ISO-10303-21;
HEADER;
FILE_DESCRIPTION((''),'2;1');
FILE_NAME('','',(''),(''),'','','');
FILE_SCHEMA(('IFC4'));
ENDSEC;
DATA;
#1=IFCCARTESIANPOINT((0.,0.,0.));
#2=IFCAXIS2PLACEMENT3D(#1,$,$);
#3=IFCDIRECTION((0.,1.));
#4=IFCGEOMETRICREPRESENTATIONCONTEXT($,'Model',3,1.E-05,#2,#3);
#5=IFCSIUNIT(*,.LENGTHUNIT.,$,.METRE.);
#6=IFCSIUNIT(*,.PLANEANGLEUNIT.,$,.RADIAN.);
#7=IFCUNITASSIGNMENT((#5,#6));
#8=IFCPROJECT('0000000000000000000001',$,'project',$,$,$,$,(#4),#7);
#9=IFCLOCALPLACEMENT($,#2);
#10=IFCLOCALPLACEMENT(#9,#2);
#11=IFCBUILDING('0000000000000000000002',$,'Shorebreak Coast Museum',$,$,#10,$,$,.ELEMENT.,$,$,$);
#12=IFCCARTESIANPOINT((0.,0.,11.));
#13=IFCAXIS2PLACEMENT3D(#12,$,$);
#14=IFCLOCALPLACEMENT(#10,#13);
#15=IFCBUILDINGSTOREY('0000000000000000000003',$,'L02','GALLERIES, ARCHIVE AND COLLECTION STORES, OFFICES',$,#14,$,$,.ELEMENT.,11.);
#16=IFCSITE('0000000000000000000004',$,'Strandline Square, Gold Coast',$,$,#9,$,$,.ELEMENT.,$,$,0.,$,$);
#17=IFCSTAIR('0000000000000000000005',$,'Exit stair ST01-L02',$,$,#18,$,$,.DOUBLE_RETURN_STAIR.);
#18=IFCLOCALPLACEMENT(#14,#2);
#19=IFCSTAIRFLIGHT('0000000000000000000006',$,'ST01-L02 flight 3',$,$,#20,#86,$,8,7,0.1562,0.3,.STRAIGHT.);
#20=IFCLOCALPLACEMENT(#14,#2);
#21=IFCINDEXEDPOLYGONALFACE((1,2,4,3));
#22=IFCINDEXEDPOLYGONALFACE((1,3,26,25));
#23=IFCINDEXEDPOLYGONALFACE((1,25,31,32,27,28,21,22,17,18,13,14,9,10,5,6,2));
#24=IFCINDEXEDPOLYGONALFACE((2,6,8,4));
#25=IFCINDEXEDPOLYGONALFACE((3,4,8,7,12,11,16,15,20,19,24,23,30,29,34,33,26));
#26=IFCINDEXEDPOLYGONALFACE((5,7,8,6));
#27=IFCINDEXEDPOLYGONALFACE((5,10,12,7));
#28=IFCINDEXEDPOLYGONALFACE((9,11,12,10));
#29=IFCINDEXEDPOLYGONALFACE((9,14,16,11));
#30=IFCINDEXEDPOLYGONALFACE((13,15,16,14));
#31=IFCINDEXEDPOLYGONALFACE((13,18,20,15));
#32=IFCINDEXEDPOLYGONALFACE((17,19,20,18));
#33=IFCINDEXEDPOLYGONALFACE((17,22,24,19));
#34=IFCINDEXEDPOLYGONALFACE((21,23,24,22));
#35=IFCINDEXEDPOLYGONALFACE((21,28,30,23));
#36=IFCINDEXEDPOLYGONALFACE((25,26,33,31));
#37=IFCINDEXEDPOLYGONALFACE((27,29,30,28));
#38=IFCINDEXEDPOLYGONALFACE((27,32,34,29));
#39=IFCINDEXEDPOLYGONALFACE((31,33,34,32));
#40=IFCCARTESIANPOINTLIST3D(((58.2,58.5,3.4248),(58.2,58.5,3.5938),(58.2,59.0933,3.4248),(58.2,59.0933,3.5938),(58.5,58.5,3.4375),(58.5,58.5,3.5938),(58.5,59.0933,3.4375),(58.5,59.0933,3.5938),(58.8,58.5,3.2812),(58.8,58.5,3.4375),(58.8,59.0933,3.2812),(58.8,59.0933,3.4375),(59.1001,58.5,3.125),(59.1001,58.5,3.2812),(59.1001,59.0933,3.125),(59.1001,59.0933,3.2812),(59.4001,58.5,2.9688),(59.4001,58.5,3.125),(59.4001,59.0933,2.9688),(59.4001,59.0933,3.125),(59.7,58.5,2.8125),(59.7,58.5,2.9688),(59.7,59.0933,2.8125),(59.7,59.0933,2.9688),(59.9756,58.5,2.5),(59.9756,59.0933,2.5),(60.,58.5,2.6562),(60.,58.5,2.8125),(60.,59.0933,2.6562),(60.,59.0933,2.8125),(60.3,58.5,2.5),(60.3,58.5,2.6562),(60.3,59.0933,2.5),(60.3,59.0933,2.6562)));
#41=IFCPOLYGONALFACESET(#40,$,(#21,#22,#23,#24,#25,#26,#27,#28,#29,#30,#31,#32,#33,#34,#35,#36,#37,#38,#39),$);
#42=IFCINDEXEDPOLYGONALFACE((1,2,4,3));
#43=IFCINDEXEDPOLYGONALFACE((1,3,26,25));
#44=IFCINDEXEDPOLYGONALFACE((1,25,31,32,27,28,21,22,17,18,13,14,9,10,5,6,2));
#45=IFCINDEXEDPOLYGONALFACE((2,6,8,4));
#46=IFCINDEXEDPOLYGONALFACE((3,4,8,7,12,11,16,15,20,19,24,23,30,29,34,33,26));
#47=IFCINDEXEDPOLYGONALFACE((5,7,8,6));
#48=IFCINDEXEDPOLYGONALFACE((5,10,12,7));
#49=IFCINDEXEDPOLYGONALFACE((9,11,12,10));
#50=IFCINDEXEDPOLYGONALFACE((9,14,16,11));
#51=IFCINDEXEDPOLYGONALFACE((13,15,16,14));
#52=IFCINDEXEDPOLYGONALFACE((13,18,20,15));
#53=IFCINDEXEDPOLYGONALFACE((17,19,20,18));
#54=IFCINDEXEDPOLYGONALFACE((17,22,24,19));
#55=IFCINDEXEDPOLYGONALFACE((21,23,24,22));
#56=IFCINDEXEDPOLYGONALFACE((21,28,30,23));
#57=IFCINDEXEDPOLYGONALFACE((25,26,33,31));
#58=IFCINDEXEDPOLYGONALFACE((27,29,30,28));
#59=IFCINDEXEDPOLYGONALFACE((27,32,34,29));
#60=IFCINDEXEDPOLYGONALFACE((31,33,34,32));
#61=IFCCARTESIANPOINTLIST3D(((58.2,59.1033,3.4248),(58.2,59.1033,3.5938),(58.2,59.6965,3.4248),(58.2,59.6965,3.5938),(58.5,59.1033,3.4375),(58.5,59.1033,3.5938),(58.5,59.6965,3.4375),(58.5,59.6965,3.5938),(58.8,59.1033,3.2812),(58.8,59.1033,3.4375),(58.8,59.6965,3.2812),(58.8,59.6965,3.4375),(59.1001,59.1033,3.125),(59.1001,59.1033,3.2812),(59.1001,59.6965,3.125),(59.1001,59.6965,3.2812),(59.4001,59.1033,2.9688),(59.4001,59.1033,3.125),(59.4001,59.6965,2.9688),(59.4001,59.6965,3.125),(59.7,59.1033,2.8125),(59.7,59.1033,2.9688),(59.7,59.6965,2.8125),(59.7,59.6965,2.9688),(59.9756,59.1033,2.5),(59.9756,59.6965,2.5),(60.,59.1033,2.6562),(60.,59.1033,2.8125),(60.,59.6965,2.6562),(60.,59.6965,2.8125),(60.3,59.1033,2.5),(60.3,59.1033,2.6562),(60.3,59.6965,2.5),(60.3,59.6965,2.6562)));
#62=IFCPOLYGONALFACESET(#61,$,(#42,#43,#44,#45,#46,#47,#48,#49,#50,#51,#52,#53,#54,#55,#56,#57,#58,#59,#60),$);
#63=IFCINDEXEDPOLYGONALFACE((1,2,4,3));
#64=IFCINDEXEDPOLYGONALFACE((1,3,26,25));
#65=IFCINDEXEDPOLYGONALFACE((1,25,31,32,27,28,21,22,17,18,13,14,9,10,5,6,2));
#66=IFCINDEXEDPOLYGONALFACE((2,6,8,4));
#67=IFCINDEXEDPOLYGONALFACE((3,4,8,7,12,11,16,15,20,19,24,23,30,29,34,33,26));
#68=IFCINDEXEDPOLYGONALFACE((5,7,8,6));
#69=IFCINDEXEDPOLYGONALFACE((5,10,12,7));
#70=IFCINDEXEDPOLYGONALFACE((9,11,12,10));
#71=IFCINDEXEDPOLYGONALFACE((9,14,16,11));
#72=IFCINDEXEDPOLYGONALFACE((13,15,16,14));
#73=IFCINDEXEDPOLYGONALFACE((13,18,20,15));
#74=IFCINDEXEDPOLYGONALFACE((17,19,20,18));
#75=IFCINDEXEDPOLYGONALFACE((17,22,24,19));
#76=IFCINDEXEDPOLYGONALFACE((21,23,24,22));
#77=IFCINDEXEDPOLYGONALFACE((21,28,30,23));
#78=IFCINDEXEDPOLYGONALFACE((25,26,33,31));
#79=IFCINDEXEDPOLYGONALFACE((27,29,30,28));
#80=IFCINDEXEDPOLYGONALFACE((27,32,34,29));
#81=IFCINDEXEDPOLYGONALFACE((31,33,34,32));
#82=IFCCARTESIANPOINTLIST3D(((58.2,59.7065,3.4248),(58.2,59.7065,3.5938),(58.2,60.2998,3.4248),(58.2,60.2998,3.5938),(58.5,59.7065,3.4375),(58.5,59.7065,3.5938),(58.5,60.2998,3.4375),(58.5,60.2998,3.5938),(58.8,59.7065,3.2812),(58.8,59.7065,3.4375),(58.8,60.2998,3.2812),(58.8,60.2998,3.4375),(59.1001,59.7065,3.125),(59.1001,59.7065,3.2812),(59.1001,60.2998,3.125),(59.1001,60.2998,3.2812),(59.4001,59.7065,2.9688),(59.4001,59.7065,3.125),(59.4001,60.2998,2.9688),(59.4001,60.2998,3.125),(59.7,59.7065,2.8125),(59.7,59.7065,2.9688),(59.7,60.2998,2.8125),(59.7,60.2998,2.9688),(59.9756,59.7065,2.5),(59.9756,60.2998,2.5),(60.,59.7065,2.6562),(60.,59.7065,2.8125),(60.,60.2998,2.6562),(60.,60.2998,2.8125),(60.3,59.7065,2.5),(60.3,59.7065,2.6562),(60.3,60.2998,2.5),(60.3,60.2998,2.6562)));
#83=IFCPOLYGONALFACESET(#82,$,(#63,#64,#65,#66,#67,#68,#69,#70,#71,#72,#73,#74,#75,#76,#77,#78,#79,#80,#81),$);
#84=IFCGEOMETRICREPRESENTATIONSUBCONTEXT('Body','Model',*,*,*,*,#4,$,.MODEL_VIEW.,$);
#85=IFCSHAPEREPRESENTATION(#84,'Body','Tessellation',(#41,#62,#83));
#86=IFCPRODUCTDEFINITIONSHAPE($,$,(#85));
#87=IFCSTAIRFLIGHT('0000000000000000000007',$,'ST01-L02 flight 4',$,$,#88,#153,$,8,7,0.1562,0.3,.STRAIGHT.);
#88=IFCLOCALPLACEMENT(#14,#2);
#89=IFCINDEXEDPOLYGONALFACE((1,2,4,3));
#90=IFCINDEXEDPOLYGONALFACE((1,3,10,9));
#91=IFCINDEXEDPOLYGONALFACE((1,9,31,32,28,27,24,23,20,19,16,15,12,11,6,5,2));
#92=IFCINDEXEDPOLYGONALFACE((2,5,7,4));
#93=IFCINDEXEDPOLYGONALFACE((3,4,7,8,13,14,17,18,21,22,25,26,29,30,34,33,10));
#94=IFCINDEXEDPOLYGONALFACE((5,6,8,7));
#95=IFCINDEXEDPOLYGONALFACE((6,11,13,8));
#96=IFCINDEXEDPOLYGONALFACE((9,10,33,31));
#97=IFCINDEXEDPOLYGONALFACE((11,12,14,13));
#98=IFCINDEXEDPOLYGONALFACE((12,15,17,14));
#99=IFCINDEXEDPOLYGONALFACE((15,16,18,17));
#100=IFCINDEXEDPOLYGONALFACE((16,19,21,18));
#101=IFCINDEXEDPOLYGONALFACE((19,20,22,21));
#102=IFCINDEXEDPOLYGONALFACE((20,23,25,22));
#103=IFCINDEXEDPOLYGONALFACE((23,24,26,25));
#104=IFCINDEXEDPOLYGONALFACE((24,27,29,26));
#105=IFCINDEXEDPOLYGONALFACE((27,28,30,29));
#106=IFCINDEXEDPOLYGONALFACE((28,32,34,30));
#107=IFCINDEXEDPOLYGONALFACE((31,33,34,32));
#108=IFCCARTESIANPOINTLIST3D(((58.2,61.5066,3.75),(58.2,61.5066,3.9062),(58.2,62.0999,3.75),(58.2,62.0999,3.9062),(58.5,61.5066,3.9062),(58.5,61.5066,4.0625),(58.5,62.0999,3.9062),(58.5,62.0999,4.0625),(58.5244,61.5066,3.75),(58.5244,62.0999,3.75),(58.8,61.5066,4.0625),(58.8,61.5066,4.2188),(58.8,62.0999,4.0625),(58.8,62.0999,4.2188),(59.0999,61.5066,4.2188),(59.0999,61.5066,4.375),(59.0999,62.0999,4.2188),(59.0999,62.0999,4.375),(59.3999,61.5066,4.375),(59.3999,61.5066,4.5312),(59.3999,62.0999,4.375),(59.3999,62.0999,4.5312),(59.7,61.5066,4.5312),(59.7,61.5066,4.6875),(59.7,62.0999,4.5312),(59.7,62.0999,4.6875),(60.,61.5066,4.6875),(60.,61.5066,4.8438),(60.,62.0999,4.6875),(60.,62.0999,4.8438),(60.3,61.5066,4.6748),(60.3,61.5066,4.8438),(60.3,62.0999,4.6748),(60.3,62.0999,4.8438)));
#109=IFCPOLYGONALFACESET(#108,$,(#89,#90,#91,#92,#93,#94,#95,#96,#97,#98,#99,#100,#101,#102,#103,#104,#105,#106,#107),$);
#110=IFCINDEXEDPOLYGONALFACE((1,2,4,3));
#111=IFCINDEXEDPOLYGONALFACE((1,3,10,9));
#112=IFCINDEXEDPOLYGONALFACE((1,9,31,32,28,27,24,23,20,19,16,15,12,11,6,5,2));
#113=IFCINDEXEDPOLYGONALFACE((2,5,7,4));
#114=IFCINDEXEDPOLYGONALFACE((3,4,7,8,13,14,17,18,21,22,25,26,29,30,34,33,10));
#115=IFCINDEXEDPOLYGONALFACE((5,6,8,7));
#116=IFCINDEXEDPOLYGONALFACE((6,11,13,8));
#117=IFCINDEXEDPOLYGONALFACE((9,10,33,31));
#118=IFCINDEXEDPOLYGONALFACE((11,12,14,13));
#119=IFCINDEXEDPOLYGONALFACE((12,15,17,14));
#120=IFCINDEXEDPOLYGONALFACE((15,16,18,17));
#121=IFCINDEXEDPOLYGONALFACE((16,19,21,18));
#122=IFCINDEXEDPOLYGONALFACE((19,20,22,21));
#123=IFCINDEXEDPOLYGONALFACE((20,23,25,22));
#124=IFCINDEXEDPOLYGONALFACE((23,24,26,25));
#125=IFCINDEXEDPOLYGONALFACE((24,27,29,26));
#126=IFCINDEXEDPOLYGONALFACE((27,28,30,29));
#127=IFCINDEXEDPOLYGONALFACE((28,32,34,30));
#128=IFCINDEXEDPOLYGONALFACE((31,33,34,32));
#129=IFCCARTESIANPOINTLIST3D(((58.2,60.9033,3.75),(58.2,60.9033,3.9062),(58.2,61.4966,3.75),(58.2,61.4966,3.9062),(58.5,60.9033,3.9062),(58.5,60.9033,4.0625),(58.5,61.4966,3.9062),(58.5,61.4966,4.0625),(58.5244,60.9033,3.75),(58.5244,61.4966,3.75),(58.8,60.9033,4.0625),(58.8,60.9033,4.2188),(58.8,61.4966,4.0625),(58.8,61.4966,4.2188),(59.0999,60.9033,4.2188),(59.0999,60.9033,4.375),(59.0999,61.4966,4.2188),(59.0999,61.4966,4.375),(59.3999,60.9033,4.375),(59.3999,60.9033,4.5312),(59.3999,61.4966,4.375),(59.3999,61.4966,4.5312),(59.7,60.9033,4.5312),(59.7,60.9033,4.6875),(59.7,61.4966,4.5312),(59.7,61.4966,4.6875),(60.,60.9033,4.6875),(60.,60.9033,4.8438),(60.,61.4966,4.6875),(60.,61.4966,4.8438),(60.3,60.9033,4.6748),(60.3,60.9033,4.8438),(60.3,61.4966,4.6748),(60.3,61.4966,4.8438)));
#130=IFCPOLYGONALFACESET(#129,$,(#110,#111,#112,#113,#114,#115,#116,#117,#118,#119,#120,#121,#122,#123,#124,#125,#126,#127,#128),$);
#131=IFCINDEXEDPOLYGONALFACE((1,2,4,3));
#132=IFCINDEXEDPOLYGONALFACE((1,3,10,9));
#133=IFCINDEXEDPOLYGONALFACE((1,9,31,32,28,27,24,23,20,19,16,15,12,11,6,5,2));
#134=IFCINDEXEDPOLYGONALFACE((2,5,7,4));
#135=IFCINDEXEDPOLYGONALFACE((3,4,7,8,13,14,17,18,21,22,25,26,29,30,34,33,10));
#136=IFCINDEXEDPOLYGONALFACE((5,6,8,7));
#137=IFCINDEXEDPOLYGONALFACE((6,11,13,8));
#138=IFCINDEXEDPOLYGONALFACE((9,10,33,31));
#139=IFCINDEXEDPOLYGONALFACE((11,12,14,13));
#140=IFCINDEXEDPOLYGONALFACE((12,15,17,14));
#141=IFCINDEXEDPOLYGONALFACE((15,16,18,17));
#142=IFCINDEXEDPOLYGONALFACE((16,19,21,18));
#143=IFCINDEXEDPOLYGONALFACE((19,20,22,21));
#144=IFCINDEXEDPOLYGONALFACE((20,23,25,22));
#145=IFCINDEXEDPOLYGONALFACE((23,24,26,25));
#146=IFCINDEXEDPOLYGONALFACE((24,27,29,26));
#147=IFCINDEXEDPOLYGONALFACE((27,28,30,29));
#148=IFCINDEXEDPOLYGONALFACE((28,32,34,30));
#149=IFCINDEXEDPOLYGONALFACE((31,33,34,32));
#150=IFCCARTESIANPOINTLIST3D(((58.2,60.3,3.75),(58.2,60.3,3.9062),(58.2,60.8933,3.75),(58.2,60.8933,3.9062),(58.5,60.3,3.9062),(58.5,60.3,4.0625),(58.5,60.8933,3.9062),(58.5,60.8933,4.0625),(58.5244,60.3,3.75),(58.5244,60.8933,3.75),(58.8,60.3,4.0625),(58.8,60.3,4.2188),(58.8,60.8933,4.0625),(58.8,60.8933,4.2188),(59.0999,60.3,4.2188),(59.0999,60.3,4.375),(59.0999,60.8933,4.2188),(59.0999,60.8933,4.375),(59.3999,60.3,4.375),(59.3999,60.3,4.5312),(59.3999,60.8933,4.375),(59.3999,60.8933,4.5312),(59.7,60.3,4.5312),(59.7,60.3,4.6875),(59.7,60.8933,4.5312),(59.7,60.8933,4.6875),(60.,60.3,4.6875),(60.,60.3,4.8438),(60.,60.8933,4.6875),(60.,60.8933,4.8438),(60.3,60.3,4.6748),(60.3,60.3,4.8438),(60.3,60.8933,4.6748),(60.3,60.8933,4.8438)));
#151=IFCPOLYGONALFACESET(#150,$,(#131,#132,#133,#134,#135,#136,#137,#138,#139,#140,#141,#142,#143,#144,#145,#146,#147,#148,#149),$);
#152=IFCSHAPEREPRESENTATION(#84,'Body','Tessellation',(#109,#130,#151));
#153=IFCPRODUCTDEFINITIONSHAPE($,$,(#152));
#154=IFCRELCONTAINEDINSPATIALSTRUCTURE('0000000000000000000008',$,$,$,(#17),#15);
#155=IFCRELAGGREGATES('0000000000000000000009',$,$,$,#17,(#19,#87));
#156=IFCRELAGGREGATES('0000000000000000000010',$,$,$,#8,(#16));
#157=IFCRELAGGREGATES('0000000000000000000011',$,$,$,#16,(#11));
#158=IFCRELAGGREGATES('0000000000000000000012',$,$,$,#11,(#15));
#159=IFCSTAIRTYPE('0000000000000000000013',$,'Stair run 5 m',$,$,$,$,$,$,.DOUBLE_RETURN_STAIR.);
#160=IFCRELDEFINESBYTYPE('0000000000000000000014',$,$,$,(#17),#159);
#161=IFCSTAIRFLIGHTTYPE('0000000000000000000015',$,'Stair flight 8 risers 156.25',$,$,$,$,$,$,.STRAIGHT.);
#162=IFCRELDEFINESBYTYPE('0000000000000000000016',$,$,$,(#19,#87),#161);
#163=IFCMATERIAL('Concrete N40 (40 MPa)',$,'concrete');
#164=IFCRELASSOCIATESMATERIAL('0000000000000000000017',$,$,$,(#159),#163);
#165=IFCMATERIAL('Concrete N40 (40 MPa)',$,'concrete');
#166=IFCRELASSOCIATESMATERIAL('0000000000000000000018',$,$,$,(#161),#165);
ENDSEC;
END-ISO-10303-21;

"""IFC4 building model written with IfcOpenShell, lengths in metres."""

from ifc_helpers import new_model, si_unit, direction, frame, origin, place, context, subcontext, project, spatial, polyline, outline, extrude, material, type_object, element, aggregate, save


model = new_model("IFC4")

# Units and contexts
model_context = context("Model", 3, precision=1e-05, world=origin(), true_north=direction((0.0, 1.0)))
body_context = subcontext(model_context, "Body", "Model", "MODEL_VIEW")
ifc_project = project(units=[si_unit("LENGTHUNIT", "METRE"), si_unit("PLANEANGLEUNIT", "RADIAN")], contexts=[model_context])

# Site, building, storey
site_placement = place(None, origin())
site = spatial("IfcSite", under=ifc_project, at=site_placement, Name="Strandline Square, Gold Coast", CompositionType="ELEMENT", RefElevation=0.0)
building_placement = place(site_placement, origin())
building = spatial("IfcBuilding", under=site, at=building_placement, Name="Shorebreak Coast Museum", CompositionType="ELEMENT")
storey_placement = place(building_placement, frame((0.0, 0.0, 11.0)))
storey = spatial("IfcBuildingStorey", under=building, at=storey_placement, Name="L02", Description="GALLERIES, ARCHIVE AND COLLECTION STORES, OFFICES", CompositionType="ELEMENT", Elevation=11.0)

# Stair, stair flights
ifc_material_1 = material(Name="Concrete N40 (40 MPa)", Category="concrete")
stair_type = type_object("IfcStairType", Name="Stair run 5 m", PredefinedType="DOUBLE_RETURN_STAIR", material=ifc_material_1)
stair_placement = place(storey_placement, origin())
stair = element("IfcStair", 1, at=stair_placement, inside=storey, type_object=stair_type, Name="Exit stair ST01-L02", PredefinedType="DOUBLE_RETURN_STAIR")
ifc_material_2 = material(Name="Concrete N40 (40 MPa)", Category="concrete")
stair_flight_type = type_object("IfcStairFlightType", Name="Stair flight 8 risers 156.25", PredefinedType="STRAIGHT", material=ifc_material_2)
stair_flight_1_placement = place(storey_placement, frame((60.3, 59.3999, 2.5), z_axis=(0.0, 0.0, 1.0), x_axis=(-1.0, 0.0, 0.0)))
stair_flight_1 = element("IfcStairFlight", 2, at=stair_flight_1_placement, type_object=stair_flight_type, Name="ST01-L02 flight 3", NumberOfRisers=8, NumberOfTreads=7, PredefinedType="STRAIGHT", RiserHeight=0.1562, TreadLength=0.3, context=body_context, shape_type="SweptSolid", body=[
    extrude(outline(polyline([(0.0, 0.0), (0.0, 0.1562), (0.3, 0.1562), (0.3, 0.3125), (0.6001, 0.3125), (0.6001, 0.4688), (0.8999, 0.4688), (0.8999, 0.625), (1.2, 0.625), (1.2, 0.7812), (1.5, 0.7812), (1.5, 0.9375), (1.8, 0.9375), (1.8, 1.0938), (2.1001, 1.0938), (2.1001, 1.25), (2.1001, 0.9248), (0.3245, 0.0), (0.0, 0.0)])), frame((0.0, 0.8999, 0.0), z_axis=(0.0, -1.0, 0.0), x_axis=(1.0, 0.0, 0.0)), (0.0, 0.0, 1.0), 0.5933),
    extrude(outline(polyline([(0.0, 0.0), (0.0, 0.1562), (0.3, 0.1562), (0.3, 0.3125), (0.6001, 0.3125), (0.6001, 0.4688), (0.8999, 0.4688), (0.8999, 0.625), (1.2, 0.625), (1.2, 0.7812), (1.5, 0.7812), (1.5, 0.9375), (1.8, 0.9375), (1.8, 1.0938), (2.1001, 1.0938), (2.1001, 1.25), (2.1001, 0.9248), (0.3245, 0.0), (0.0, 0.0)])), frame((0.0, 0.2966, 0.0), z_axis=(0.0, -1.0, 0.0), x_axis=(1.0, 0.0, 0.0)), (0.0, 0.0, 1.0), 0.5933),
    extrude(outline(polyline([(0.0, 0.0), (0.0, 0.1562), (0.3, 0.1562), (0.3, 0.3125), (0.6001, 0.3125), (0.6001, 0.4688), (0.8999, 0.4688), (0.8999, 0.625), (1.2, 0.625), (1.2, 0.7812), (1.5, 0.7812), (1.5, 0.9375), (1.8, 0.9375), (1.8, 1.0938), (2.1001, 1.0938), (2.1001, 1.25), (2.1001, 0.9248), (0.3245, 0.0), (0.0, 0.0)])), frame((0.0, -0.3066, 0.0), z_axis=(0.0, -1.0, 0.0), x_axis=(1.0, 0.0, 0.0)), (0.0, 0.0, 1.0), 0.5933),
])
stair_flight_2_placement = place(storey_placement, frame((58.2, 61.2, 3.75), z_axis=(0.0, 0.0, 1.0), x_axis=(1.0, 0.0, 0.0)))
stair_flight_2 = element("IfcStairFlight", 3, at=stair_flight_2_placement, type_object=stair_flight_type, Name="ST01-L02 flight 4", NumberOfRisers=8, NumberOfTreads=7, PredefinedType="STRAIGHT", RiserHeight=0.1562, TreadLength=0.3, context=body_context, shape_type="SweptSolid", body=[
    extrude(outline(polyline([(0.0, 0.0), (0.0, 0.1562), (0.3, 0.1562), (0.3, 0.3125), (0.6001, 0.3125), (0.6001, 0.4688), (0.8999, 0.4688), (0.8999, 0.625), (1.2, 0.625), (1.2, 0.7812), (1.5, 0.7812), (1.5, 0.9375), (1.8, 0.9375), (1.8, 1.0938), (2.1001, 1.0938), (2.1001, 1.25), (2.1001, 0.9248), (0.3245, 0.0), (0.0, 0.0)])), frame((0.0, 0.8999, 0.0), z_axis=(0.0, -1.0, 0.0), x_axis=(1.0, 0.0, 0.0)), (0.0, 0.0, 1.0), 0.5933),
    extrude(outline(polyline([(0.0, 0.0), (0.0, 0.1562), (0.3, 0.1562), (0.3, 0.3125), (0.6001, 0.3125), (0.6001, 0.4688), (0.8999, 0.4688), (0.8999, 0.625), (1.2, 0.625), (1.2, 0.7812), (1.5, 0.7812), (1.5, 0.9375), (1.8, 0.9375), (1.8, 1.0938), (2.1001, 1.0938), (2.1001, 1.25), (2.1001, 0.9248), (0.3245, 0.0), (0.0, 0.0)])), frame((0.0, 0.2966, 0.0), z_axis=(0.0, -1.0, 0.0), x_axis=(1.0, 0.0, 0.0)), (0.0, 0.0, 1.0), 0.5933),
    extrude(outline(polyline([(0.0, 0.0), (0.0, 0.1562), (0.3, 0.1562), (0.3, 0.3125), (0.6001, 0.3125), (0.6001, 0.4688), (0.8999, 0.4688), (0.8999, 0.625), (1.2, 0.625), (1.2, 0.7812), (1.5, 0.7812), (1.5, 0.9375), (1.8, 0.9375), (1.8, 1.0938), (2.1001, 1.0938), (2.1001, 1.25), (2.1001, 0.9248), (0.3245, 0.0), (0.0, 0.0)])), frame((0.0, -0.3066, 0.0), z_axis=(0.0, -1.0, 0.0), x_axis=(1.0, 0.0, 0.0)), (0.0, 0.0, 1.0), 0.5933),
])
aggregate(stair, [stair_flight_1, stair_flight_2])

save(model, "model.ifc")
